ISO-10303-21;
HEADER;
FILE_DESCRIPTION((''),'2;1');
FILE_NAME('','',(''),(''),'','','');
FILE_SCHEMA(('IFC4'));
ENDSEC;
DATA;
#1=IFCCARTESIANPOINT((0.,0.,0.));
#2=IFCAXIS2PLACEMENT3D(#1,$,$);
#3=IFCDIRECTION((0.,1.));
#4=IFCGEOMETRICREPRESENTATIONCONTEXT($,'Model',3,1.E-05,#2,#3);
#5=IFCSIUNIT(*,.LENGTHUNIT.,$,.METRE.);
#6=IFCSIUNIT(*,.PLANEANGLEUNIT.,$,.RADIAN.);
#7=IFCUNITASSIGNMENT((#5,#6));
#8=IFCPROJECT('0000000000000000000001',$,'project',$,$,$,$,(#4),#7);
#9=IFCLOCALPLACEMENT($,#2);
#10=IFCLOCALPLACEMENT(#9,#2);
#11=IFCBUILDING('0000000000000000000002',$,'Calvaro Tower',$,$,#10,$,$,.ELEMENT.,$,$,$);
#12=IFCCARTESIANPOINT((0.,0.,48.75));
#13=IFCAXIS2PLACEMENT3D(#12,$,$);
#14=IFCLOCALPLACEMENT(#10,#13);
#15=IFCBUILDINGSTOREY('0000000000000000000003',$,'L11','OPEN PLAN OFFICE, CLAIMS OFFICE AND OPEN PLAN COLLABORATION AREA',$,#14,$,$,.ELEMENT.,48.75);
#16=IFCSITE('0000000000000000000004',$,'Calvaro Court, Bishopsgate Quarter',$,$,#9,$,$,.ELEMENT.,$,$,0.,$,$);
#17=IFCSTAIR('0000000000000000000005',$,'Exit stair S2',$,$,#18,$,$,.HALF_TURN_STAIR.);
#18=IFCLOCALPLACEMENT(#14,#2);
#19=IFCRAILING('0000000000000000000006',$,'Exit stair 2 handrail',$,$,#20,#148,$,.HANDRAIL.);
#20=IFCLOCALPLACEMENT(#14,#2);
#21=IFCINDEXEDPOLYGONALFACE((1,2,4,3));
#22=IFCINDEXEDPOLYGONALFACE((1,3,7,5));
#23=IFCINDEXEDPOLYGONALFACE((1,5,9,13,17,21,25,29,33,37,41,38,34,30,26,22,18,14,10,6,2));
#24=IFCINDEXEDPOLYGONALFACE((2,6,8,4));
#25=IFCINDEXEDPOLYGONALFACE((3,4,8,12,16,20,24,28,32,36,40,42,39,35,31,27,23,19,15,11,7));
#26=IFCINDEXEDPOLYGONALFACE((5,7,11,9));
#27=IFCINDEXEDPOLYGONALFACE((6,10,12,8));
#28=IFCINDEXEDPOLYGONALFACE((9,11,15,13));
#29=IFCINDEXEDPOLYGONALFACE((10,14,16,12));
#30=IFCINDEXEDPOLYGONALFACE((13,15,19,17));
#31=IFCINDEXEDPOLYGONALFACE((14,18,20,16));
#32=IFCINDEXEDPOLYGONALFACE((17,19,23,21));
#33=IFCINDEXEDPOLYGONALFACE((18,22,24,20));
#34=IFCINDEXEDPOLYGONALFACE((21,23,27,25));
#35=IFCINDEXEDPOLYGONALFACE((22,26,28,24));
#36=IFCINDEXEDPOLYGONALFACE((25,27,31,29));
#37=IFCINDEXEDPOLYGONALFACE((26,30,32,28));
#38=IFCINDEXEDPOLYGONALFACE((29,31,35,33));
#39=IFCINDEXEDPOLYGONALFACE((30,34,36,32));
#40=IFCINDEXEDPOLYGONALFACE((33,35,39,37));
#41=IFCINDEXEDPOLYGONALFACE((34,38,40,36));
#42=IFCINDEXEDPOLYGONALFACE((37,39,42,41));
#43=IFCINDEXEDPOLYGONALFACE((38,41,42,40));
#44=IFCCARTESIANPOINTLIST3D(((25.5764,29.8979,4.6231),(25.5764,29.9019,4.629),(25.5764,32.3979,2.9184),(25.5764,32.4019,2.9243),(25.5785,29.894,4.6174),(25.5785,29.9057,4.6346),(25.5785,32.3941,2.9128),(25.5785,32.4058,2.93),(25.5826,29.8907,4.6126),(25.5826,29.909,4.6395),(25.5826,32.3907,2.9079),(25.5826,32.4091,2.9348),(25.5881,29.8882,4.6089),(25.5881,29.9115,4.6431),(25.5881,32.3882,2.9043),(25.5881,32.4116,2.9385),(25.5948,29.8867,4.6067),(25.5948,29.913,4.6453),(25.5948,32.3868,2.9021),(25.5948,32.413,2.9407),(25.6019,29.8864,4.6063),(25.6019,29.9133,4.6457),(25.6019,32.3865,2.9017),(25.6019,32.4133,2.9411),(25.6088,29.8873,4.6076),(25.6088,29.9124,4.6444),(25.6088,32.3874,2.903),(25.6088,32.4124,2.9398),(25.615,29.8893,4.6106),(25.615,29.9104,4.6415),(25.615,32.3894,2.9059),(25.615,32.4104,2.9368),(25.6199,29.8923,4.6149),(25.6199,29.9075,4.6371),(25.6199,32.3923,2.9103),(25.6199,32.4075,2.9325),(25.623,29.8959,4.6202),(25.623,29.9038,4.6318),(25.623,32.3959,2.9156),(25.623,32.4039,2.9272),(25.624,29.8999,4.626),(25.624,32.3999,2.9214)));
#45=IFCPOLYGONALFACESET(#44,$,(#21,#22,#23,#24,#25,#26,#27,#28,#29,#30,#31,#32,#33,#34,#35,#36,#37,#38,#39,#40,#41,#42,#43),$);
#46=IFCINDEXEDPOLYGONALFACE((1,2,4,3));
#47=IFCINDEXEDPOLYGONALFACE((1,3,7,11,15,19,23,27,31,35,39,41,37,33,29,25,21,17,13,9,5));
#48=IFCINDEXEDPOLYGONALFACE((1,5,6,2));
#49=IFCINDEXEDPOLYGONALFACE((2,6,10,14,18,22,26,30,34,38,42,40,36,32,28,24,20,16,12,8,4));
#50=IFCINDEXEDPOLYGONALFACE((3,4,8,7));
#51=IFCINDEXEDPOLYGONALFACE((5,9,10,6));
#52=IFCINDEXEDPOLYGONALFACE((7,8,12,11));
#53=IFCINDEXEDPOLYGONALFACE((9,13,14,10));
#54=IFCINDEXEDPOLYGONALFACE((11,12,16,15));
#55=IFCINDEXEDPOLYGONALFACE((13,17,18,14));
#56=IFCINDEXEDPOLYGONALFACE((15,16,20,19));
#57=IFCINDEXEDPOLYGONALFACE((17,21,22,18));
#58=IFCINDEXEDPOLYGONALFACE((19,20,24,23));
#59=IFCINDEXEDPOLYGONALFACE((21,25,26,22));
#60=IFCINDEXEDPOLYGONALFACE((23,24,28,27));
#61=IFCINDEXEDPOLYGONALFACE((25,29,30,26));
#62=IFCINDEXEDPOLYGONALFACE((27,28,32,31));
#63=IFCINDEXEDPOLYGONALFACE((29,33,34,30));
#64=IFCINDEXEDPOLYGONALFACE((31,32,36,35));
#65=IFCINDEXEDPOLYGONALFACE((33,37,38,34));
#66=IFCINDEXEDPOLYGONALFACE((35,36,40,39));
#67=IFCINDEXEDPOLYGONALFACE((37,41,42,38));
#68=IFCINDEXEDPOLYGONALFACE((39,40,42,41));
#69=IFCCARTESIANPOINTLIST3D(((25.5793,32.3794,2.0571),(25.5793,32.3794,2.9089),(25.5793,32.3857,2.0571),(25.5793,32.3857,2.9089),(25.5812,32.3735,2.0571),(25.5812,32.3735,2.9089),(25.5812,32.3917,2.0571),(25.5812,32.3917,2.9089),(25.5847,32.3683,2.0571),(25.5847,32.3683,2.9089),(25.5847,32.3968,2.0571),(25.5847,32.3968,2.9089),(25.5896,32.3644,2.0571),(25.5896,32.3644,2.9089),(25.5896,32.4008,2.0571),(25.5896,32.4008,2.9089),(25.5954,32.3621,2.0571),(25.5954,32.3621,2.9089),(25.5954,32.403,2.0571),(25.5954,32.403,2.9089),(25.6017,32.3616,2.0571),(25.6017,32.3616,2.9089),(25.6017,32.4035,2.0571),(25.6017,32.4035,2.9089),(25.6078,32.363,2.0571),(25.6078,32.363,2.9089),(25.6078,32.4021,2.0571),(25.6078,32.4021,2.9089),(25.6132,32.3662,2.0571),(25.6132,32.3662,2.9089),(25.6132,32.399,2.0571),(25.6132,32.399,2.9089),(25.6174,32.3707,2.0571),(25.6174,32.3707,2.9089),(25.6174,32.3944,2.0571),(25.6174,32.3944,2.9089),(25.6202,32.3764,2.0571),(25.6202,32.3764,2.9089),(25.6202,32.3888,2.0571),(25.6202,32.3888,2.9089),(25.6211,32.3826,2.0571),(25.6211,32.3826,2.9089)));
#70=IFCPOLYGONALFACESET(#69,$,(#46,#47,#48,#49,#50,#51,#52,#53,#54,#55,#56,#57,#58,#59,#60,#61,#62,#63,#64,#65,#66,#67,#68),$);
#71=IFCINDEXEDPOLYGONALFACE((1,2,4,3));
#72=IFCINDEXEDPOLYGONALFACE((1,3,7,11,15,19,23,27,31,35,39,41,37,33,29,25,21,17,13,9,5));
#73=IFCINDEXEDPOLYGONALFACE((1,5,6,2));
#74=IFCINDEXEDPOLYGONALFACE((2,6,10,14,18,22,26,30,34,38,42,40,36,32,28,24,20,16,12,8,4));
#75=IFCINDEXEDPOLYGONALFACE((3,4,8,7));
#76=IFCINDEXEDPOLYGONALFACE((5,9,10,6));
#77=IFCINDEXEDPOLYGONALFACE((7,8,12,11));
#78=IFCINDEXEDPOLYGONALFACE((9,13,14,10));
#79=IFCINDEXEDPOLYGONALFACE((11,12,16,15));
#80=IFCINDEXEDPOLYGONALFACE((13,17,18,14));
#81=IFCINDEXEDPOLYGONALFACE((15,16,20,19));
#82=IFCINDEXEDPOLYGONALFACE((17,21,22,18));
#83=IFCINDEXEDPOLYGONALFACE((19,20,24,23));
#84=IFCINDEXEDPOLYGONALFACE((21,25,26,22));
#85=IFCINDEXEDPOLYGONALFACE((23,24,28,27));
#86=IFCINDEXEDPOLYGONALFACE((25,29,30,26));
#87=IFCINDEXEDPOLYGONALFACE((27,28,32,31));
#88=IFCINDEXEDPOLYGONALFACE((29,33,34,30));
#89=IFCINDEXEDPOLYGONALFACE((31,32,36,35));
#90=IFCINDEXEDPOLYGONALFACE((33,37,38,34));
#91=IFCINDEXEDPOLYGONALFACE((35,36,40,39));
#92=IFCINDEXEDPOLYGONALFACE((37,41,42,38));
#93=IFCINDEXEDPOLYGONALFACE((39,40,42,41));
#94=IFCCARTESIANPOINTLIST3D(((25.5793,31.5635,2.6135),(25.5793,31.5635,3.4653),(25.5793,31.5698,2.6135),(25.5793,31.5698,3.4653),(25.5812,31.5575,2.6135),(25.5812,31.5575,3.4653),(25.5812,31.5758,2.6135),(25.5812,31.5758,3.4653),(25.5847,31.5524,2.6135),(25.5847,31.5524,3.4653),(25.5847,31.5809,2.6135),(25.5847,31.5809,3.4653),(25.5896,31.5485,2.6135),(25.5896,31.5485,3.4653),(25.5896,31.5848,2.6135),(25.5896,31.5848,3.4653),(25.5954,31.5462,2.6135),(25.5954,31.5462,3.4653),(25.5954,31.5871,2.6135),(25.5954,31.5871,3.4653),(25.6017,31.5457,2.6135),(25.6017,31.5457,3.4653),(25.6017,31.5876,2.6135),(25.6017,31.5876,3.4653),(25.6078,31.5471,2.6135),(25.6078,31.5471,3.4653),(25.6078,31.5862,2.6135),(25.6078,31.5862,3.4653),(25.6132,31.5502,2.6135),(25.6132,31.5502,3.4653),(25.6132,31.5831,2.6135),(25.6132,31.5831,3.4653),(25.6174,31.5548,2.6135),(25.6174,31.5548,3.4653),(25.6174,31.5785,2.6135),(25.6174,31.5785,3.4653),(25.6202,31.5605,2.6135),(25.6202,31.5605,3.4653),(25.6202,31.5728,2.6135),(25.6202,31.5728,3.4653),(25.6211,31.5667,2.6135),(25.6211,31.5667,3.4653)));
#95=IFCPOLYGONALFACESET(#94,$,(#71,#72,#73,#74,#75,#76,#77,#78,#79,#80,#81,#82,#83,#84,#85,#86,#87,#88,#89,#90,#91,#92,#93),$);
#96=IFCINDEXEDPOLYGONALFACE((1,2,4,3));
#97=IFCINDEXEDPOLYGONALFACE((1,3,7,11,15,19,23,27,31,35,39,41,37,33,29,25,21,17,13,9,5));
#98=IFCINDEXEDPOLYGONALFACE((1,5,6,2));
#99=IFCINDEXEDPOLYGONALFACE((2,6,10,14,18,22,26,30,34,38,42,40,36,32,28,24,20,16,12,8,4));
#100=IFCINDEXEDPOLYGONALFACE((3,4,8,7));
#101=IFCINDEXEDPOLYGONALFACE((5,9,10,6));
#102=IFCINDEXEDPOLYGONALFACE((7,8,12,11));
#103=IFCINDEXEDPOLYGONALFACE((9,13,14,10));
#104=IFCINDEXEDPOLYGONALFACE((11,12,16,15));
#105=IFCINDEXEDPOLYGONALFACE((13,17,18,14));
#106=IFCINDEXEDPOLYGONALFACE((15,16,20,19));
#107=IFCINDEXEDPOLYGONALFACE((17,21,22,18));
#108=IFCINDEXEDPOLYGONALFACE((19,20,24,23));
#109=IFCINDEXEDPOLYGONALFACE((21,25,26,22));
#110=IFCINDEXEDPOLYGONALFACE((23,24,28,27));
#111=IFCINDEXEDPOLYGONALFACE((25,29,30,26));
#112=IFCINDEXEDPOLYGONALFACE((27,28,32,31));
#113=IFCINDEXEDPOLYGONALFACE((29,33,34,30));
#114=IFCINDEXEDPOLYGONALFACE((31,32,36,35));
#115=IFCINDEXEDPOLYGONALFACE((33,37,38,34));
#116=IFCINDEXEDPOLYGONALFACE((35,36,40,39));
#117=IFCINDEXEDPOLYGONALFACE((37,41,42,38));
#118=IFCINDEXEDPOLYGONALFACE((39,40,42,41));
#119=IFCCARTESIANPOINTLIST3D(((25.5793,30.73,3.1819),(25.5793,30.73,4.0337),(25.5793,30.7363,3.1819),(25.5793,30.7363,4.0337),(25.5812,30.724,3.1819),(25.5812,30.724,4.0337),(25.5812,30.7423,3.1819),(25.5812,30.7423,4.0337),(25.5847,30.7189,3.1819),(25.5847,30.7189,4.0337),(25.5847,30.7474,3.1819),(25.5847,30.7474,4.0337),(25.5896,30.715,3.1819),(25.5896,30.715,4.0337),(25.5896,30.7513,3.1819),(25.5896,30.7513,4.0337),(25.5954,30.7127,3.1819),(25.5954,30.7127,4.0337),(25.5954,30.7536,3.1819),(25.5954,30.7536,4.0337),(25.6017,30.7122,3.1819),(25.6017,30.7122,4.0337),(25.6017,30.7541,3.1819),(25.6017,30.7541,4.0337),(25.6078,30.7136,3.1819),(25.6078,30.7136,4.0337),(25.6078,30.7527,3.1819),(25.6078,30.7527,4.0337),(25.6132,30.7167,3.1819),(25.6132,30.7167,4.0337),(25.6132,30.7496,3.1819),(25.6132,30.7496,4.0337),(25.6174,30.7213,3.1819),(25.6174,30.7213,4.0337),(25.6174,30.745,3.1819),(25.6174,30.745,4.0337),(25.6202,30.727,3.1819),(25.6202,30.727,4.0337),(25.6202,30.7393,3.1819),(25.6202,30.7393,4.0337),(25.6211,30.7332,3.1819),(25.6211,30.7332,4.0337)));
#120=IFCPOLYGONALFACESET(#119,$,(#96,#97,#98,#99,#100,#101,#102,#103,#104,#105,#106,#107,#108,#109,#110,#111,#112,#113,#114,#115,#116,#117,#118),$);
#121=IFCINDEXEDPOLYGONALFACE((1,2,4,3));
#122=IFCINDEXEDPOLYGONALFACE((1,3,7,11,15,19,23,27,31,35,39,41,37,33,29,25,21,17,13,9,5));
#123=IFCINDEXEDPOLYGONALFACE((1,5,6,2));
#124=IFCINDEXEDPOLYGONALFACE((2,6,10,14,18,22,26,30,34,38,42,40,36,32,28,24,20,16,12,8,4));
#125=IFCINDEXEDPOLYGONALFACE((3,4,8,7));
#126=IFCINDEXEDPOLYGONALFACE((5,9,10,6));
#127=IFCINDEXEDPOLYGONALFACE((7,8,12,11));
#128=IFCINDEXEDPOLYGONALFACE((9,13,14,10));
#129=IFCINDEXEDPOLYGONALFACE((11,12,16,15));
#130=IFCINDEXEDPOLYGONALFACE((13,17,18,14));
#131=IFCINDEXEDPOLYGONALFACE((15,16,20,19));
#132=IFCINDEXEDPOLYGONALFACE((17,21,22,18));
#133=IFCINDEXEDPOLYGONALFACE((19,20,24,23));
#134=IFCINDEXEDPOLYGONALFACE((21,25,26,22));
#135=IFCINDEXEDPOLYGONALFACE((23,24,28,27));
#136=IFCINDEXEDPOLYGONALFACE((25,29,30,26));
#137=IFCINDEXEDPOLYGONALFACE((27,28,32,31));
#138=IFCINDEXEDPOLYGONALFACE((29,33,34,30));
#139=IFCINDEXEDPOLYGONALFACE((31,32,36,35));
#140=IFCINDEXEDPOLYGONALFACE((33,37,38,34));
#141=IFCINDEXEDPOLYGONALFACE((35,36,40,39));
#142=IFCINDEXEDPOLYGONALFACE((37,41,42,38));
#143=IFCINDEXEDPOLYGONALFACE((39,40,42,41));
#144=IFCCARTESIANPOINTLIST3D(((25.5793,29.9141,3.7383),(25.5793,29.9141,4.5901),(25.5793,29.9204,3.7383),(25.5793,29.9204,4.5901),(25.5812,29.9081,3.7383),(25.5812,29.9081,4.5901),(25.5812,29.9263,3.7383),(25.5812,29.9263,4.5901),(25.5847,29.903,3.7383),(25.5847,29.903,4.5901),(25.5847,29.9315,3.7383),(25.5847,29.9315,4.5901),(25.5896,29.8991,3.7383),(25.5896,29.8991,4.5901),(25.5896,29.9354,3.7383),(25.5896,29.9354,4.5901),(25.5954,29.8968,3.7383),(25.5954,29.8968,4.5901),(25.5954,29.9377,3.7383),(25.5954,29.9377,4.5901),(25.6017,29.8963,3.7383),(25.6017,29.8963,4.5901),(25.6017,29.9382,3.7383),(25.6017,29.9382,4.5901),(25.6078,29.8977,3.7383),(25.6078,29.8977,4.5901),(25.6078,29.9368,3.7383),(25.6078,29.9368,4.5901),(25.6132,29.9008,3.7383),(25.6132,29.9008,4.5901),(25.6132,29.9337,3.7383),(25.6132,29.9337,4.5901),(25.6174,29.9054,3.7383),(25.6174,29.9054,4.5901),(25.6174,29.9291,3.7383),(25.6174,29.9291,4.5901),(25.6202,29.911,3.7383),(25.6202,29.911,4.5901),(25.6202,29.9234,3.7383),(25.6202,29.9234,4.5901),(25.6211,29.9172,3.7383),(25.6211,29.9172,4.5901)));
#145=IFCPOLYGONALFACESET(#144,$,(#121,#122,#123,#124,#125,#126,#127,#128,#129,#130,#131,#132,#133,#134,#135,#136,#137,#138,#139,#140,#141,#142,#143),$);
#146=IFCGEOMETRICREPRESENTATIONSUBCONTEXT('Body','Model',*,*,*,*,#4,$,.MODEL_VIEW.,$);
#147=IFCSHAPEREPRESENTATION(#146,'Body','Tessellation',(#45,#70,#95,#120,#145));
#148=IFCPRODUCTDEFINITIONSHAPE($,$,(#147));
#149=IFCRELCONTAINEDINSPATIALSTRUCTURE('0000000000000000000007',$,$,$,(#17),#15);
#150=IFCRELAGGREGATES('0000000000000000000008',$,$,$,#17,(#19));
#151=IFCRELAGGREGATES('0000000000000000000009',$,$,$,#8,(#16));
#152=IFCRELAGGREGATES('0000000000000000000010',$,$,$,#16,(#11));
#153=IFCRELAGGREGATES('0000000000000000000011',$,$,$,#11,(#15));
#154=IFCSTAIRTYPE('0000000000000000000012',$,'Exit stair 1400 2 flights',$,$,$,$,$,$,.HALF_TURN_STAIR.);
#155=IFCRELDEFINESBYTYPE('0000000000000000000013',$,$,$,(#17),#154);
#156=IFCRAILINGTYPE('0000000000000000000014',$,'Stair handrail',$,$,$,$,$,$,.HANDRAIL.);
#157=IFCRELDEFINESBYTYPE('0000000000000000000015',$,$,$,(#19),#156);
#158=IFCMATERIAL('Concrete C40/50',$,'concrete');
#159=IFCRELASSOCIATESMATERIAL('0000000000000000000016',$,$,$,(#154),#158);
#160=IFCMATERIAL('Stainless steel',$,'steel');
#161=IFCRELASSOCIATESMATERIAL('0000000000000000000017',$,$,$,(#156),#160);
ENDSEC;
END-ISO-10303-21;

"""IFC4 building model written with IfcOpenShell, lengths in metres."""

from ifc_helpers import new_model, si_unit, direction, frame, origin, origin_2d, place, context, subcontext, project, spatial, circle, extrude, material, type_object, element, aggregate, save


model = new_model("IFC4")

# Units and contexts
model_context = context("Model", 3, precision=1e-05, world=origin(), true_north=direction((0.0, 1.0)))
body_context = subcontext(model_context, "Body", "Model", "MODEL_VIEW")
ifc_project = project(units=[si_unit("LENGTHUNIT", "METRE"), si_unit("PLANEANGLEUNIT", "RADIAN")], contexts=[model_context])

# Site, building, storey
site_placement = place(None, origin())
site = spatial("IfcSite", under=ifc_project, at=site_placement, Name="Calvaro Court, Bishopsgate Quarter", CompositionType="ELEMENT", RefElevation=0.0)
building_placement = place(site_placement, origin())
building = spatial("IfcBuilding", under=site, at=building_placement, Name="Calvaro Tower", CompositionType="ELEMENT")
storey_placement = place(building_placement, frame((0.0, 0.0, 48.75)))
storey = spatial("IfcBuildingStorey", under=building, at=storey_placement, Name="L11", Description="OPEN PLAN OFFICE, CLAIMS OFFICE AND OPEN PLAN COLLABORATION AREA", CompositionType="ELEMENT", Elevation=48.75)

# Stair, railing
ifc_material_1 = material(Name="Concrete C40/50", Category="concrete")
stair_type = type_object("IfcStairType", Name="Exit stair 1400 2 flights", PredefinedType="HALF_TURN_STAIR", material=ifc_material_1)
stair_placement = place(storey_placement, origin())
stair = element("IfcStair", 1, at=stair_placement, inside=storey, type_object=stair_type, Name="Exit stair S2", PredefinedType="HALF_TURN_STAIR")
ifc_material_2 = material(Name="Stainless steel", Category="steel")
railing_type = type_object("IfcRailingType", Name="Stair handrail", PredefinedType="HANDRAIL", material=ifc_material_2)
railing_1_placement = place(storey_placement, frame((25.6001, 32.3999, 2.0454)))
railing_1 = element("IfcRailing", 2, at=railing_1_placement, type_object=railing_type, Name="Exit stair 2 handrail", PredefinedType="HANDRAIL", context=body_context, shape_type="SweptSolid", body=[
    extrude(circle(Radius=0.0239, at=origin_2d()), frame((0.0, 0.0, 0.876), z_axis=(0.0, -0.826221, 0.563347), x_axis=(1.0, 0.0, 0.0)), (0.0, 0.0, 1.0), 3.0259),
    extrude(circle(Radius=0.021, at=origin_2d()), frame((0.0, -0.0173, 0.0117)), (0.0, 0.0, 1.0), 0.8518),
    extrude(circle(Radius=0.021, at=origin_2d()), frame((0.0, -0.8333, 0.5681)), (0.0, 0.0, 1.0), 0.8518),
    extrude(circle(Radius=0.021, at=origin_2d()), frame((0.0, -1.6667, 1.1365)), (0.0, 0.0, 1.0), 0.8518),
    extrude(circle(Radius=0.021, at=origin_2d()), frame((0.0, -2.4827, 1.6929)), (0.0, 0.0, 1.0), 0.8518),
])
aggregate(stair, [railing_1])

save(model, "model.ifc")
